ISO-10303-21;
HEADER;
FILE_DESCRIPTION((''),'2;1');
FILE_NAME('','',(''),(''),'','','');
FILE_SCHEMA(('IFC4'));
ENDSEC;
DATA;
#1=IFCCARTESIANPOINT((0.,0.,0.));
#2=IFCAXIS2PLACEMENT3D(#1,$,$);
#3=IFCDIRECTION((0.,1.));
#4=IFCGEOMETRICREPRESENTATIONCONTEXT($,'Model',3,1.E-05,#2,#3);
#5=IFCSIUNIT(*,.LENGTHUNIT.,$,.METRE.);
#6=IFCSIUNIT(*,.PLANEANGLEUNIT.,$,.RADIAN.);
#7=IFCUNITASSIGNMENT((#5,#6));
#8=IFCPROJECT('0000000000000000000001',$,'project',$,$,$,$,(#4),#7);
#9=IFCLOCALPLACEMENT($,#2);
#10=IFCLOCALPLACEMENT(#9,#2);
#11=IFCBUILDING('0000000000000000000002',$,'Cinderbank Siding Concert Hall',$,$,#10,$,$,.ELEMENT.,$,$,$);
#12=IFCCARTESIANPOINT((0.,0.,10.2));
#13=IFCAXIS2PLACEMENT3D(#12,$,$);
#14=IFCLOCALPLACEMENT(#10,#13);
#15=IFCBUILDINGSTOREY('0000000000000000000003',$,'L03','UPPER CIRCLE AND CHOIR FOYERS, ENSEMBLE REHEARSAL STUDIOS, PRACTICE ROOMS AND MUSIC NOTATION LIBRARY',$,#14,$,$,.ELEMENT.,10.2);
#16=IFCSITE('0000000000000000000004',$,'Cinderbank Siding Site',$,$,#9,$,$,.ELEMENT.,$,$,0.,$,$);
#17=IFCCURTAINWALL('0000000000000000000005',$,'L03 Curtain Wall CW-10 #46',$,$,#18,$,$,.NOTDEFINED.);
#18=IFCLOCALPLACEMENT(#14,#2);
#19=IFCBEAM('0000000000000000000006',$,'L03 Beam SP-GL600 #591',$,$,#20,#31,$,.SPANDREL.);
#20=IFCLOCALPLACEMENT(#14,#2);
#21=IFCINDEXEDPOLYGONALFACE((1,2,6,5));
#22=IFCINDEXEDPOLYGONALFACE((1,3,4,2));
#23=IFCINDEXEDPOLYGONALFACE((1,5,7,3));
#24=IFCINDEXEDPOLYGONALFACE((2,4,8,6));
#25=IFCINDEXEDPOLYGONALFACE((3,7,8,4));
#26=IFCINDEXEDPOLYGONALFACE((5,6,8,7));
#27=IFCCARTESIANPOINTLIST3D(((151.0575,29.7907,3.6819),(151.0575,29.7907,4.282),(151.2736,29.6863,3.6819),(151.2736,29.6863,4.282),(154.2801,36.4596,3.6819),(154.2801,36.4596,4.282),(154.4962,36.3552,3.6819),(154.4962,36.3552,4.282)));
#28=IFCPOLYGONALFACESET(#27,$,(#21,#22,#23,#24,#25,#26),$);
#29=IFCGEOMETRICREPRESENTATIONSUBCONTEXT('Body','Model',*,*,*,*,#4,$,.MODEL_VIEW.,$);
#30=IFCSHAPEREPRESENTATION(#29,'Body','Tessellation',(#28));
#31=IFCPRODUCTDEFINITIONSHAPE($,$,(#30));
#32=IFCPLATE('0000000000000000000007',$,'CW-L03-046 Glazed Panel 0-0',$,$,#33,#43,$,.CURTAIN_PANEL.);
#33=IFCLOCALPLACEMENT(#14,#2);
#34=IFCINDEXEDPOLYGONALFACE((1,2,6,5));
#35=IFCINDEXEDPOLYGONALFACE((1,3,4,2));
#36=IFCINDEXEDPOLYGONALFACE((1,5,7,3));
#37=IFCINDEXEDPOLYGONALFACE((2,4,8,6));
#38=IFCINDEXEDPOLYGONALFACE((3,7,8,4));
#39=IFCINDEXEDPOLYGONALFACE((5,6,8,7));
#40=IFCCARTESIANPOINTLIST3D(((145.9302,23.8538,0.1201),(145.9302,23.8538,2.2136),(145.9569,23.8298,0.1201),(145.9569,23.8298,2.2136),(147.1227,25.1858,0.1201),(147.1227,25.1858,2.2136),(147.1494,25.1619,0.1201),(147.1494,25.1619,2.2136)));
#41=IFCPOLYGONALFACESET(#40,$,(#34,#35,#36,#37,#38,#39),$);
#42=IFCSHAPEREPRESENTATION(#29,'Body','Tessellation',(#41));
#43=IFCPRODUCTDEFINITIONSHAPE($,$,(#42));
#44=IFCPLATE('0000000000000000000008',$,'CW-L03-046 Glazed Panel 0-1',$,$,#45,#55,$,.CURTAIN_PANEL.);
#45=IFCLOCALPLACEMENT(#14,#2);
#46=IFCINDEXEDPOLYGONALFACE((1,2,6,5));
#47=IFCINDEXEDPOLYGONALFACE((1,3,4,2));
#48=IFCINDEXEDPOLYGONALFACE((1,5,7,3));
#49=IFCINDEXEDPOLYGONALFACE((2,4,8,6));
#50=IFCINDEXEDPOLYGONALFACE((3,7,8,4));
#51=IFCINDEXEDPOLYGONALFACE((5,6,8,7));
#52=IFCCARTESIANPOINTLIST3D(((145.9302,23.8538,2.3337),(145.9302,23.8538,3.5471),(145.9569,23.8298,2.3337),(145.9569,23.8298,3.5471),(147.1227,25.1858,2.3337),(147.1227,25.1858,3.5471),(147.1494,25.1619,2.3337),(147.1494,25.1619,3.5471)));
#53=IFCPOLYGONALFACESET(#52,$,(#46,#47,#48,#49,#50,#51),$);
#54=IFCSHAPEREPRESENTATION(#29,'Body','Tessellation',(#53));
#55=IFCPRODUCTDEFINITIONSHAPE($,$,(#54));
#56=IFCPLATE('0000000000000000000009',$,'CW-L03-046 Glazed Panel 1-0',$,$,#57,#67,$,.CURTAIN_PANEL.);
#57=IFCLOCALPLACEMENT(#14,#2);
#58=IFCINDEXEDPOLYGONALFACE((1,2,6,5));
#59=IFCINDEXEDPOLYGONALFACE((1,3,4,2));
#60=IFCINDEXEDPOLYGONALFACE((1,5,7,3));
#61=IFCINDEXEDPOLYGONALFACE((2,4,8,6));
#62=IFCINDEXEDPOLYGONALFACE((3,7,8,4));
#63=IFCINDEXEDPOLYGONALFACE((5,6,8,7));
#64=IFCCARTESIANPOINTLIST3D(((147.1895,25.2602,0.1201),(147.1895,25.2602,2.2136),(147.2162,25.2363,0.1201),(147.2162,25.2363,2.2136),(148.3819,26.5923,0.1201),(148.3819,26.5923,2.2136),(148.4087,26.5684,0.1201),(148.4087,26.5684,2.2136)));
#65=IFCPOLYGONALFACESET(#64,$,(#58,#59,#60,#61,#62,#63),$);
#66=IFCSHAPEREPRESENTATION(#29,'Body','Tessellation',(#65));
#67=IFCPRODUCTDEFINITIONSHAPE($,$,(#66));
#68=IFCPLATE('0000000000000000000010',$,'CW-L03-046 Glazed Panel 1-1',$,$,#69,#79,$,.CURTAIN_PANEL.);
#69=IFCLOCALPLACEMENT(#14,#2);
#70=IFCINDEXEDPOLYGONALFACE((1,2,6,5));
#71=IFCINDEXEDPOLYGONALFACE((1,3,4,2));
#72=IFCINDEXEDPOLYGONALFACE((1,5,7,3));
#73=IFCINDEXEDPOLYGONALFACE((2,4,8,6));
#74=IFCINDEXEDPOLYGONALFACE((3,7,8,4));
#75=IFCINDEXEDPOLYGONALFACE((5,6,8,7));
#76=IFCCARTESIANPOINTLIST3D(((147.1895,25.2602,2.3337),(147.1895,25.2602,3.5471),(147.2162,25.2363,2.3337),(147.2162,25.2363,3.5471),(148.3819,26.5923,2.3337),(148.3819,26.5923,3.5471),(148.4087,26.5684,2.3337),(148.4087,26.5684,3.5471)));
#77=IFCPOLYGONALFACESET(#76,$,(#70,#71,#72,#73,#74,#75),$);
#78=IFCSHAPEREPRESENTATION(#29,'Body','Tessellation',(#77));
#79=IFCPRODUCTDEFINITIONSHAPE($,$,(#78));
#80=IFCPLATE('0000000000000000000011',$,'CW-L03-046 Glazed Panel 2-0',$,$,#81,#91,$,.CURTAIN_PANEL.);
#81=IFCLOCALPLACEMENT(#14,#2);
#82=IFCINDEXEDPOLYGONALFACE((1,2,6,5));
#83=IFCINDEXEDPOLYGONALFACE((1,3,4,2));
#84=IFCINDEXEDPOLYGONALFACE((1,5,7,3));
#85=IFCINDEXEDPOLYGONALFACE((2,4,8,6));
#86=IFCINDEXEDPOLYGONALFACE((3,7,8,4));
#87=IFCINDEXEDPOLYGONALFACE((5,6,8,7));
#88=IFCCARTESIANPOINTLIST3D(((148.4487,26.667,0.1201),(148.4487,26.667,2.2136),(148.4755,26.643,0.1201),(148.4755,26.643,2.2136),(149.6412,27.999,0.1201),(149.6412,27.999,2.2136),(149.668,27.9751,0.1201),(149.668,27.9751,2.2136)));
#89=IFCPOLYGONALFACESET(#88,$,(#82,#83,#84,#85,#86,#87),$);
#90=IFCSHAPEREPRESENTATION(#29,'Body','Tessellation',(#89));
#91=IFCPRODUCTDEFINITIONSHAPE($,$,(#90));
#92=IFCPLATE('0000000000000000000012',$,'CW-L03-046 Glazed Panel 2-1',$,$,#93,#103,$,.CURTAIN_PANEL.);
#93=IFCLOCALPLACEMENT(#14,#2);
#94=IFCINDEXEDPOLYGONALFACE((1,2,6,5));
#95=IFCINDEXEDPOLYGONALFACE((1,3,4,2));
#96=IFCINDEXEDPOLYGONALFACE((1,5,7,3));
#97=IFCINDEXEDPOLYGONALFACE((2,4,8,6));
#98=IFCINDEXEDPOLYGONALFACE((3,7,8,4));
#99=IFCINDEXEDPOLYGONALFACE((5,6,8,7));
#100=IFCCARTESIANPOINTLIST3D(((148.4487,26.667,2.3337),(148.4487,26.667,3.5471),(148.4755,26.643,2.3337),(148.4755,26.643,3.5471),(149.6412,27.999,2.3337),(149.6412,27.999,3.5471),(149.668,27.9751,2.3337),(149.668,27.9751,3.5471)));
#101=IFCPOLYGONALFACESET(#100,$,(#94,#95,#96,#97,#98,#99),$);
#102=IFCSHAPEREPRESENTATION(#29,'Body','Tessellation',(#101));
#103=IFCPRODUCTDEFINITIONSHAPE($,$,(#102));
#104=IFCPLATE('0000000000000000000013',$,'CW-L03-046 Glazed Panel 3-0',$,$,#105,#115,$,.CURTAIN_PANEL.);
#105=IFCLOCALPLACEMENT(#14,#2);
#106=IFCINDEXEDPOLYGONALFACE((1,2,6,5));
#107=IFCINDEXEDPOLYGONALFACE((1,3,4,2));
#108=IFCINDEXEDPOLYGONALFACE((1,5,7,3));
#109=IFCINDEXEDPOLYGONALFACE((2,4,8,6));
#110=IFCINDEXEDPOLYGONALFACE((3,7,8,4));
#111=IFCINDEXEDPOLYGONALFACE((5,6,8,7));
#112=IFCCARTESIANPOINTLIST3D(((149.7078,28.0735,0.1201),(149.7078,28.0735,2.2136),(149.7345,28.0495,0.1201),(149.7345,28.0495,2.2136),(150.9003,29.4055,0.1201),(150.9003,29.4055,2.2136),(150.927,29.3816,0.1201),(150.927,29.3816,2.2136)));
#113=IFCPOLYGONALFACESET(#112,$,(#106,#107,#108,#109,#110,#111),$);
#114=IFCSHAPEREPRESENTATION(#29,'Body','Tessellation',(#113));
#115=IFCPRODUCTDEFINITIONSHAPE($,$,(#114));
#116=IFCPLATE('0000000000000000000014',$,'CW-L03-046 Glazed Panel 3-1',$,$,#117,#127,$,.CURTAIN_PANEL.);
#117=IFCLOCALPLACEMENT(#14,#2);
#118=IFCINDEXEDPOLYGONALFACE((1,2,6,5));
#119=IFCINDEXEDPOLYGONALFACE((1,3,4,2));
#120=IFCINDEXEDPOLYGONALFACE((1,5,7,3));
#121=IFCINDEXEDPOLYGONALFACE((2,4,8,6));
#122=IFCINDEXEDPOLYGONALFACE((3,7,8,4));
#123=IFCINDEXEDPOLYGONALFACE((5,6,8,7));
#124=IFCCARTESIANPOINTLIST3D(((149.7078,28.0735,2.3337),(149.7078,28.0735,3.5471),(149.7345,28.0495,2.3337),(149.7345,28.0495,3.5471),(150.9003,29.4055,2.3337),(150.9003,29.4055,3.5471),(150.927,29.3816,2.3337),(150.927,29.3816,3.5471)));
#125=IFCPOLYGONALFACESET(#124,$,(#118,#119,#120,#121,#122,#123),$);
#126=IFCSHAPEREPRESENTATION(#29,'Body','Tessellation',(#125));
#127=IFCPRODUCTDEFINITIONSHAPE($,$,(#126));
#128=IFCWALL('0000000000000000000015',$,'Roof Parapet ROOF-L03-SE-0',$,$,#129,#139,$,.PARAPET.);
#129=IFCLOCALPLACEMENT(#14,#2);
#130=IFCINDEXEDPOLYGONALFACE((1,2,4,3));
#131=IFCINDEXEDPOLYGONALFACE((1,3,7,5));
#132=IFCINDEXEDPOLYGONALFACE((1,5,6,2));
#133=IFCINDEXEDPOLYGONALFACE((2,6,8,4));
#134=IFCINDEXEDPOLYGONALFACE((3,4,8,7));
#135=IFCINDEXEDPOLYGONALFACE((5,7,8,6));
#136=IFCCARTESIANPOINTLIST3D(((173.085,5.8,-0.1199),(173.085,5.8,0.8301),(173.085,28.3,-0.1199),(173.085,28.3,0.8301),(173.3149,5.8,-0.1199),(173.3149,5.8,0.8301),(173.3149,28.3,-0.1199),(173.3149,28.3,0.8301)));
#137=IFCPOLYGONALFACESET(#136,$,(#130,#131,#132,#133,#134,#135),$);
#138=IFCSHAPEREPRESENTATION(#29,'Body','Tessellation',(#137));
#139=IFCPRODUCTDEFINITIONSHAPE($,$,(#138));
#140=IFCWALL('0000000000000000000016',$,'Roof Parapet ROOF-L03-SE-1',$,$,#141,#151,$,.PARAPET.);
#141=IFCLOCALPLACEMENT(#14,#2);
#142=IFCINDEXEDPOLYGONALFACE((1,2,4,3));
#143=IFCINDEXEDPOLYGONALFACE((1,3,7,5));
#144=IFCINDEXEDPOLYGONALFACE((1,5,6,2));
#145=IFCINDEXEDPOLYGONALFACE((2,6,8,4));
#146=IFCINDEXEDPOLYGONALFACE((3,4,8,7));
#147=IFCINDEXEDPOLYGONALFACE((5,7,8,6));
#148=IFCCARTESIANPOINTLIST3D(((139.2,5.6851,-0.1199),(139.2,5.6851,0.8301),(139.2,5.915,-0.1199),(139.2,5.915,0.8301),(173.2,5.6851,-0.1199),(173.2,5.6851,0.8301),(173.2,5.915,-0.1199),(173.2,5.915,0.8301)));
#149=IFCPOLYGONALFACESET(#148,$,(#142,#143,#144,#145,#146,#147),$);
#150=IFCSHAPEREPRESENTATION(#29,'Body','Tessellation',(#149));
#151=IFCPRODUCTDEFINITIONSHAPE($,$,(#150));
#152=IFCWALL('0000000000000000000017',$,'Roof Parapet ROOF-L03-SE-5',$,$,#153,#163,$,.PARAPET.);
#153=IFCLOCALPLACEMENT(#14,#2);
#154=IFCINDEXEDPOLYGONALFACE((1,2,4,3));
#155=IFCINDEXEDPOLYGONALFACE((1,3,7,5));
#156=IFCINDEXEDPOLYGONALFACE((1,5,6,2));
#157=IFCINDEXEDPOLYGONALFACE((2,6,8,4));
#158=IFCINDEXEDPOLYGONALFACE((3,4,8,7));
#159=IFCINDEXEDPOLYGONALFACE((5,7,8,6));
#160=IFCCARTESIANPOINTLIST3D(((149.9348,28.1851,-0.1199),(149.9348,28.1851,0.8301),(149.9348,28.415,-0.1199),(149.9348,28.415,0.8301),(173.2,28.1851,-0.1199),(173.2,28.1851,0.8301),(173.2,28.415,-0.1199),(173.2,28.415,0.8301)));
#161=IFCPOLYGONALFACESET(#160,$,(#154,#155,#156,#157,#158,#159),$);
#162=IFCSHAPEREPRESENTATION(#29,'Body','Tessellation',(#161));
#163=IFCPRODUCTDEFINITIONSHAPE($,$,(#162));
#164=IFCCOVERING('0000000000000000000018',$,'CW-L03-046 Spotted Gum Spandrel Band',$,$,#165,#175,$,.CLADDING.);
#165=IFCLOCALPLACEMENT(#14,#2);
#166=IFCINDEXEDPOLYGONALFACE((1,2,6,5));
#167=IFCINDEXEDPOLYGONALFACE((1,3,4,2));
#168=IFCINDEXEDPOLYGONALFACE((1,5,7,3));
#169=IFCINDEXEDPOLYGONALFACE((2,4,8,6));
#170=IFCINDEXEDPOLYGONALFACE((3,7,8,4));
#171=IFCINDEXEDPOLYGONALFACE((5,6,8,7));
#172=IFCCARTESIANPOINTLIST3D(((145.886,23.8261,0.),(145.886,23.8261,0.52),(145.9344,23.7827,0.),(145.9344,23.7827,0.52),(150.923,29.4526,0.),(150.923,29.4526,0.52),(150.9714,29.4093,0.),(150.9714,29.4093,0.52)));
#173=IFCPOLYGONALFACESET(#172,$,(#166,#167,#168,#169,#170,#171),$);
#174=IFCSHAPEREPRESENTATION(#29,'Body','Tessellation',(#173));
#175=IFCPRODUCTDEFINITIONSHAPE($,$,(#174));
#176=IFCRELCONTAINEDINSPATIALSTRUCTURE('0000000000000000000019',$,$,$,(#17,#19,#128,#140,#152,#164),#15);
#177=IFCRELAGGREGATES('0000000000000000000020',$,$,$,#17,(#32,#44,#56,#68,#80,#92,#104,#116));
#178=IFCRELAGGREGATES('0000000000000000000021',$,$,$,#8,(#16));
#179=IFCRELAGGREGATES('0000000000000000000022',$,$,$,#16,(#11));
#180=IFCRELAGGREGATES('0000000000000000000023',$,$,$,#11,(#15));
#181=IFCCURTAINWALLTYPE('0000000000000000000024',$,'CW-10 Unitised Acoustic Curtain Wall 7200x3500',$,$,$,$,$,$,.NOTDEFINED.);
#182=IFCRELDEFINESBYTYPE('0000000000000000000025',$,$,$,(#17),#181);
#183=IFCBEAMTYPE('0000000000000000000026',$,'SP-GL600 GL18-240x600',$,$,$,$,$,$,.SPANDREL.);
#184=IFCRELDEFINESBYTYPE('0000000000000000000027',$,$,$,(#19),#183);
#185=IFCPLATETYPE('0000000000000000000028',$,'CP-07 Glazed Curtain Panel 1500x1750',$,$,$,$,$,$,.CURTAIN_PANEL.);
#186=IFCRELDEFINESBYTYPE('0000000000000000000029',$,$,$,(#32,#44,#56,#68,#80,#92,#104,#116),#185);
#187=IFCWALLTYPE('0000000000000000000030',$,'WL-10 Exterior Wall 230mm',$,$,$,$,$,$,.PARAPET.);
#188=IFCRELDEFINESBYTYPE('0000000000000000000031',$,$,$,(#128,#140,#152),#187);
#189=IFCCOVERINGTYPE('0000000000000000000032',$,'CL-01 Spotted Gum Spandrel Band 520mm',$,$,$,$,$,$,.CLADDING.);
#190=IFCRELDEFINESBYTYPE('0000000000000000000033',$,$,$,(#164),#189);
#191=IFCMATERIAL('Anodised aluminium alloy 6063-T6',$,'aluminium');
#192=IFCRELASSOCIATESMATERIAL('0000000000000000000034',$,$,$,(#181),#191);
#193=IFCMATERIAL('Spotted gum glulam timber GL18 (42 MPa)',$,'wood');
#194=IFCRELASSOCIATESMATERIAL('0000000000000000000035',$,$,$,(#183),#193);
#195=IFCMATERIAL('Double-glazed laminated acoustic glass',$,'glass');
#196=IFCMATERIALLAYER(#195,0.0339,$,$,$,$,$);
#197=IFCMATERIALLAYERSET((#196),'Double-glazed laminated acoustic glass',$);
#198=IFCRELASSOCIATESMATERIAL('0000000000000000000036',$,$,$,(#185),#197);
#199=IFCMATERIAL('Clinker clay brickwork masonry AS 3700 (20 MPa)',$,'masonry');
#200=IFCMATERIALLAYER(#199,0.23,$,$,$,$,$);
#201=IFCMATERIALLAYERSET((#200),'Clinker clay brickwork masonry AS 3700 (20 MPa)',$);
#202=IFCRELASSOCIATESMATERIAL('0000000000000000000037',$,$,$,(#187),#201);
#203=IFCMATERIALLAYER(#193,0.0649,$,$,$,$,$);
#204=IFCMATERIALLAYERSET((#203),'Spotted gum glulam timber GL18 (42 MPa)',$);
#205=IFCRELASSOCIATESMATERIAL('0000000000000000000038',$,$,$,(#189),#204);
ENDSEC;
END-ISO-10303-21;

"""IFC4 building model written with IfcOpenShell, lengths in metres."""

from ifc_helpers import new_model, si_unit, direction, frame, frame_2d, origin, origin_2d, place, context, subcontext, project, spatial, rectangle, extrude, material, layer, layer_set, material_profile, profile_set, type_object, element, aggregate, save


model = new_model("IFC4")

# Units and contexts
model_context = context("Model", 3, precision=1e-05, world=origin(), true_north=direction((0.0, 1.0)))
body_context = subcontext(model_context, "Body", "Model", "MODEL_VIEW")
ifc_project = project(units=[si_unit("LENGTHUNIT", "METRE"), si_unit("PLANEANGLEUNIT", "RADIAN")], contexts=[model_context])

# Site, building, storey
site_placement = place(None, origin())
site = spatial("IfcSite", under=ifc_project, at=site_placement, Name="Cinderbank Siding Site", CompositionType="ELEMENT", RefElevation=0.0)
building_placement = place(site_placement, origin())
building = spatial("IfcBuilding", under=site, at=building_placement, Name="Cinderbank Siding Concert Hall", CompositionType="ELEMENT")
storey_placement = place(building_placement, frame((0.0, 0.0, 10.2)))
storey = spatial("IfcBuildingStorey", under=building, at=storey_placement, Name="L03", Description="UPPER CIRCLE AND CHOIR FOYERS, ENSEMBLE REHEARSAL STUDIOS, PRACTICE ROOMS AND MUSIC NOTATION LIBRARY", CompositionType="ELEMENT", Elevation=10.2)

# Curtain wall
ifc_material_1 = material(Name="Anodised aluminium alloy 6063-T6", Category="aluminium")
curtain_wall_type_1 = type_object("IfcCurtainWallType", Name="CW-10 Unitised Acoustic Curtain Wall 7200x3500", PredefinedType="NOTDEFINED", material=ifc_material_1)
curtain_wall_1_placement = place(storey_placement, origin())
curtain_wall_1 = element("IfcCurtainWall", 1, at=curtain_wall_1_placement, inside=storey, type_object=curtain_wall_type_1, Name="L03 Curtain Wall CW-10 #46", PredefinedType="NOTDEFINED")

# Beam
ifc_material_2 = material(Name="Spotted gum glulam timber GL18 (42 MPa)", Category="wood")
ifc_material_profile_1 = material_profile(ifc_material_2, rectangle(XDim=0.24, YDim=0.6001, at=origin_2d()), Name="GL18-240x600", Category="LoadBearing")
ifc_profile_set_1 = profile_set([ifc_material_profile_1], Name="Spotted gum glulam timber GL18 (42 MPa)")
beam_type = type_object("IfcBeamType", Name="SP-GL600 GL18-240x600", PredefinedType="SPANDREL", material=ifc_profile_set_1)
beam_1_placement = place(storey_placement, frame((151.1655, 29.7385, 3.9819), z_axis=(0.435096, 0.900384, 0.0), x_axis=(-0.900384, 0.435096, 0.0)))
element("IfcBeam", 2, at=beam_1_placement, inside=storey, type_object=beam_type, Name="L03 Beam SP-GL600 #591", PredefinedType="SPANDREL", context=body_context, shape_type="SweptSolid", body=[
    extrude(rectangle(XDim=0.24, YDim=0.6001, at=origin_2d()), origin(), (0.0, 0.0, 1.0), 7.4067),
])

# Plates
ifc_material_3 = material(Name="Double-glazed laminated acoustic glass", Category="glass")
ifc_layer_1 = layer(ifc_material_3, 0.0339)
ifc_layer_set_1 = layer_set([ifc_layer_1], Name="Double-glazed laminated acoustic glass")
plate_type = type_object("IfcPlateType", Name="CP-07 Glazed Curtain Panel 1500x1750", PredefinedType="CURTAIN_PANEL", material=ifc_layer_set_1)
plate_1_placement = place(storey_placement, frame((146.5398, 24.5078, 0.1201), z_axis=(0.0, 0.0, 1.0), x_axis=(0.666993, 0.745064, 0.0)))
plate_1 = element("IfcPlate", 3, at=plate_1_placement, type_object=plate_type, Name="CW-L03-046 Glazed Panel 0-0", PredefinedType="CURTAIN_PANEL", context=body_context, shape_type="SweptSolid", body=[
    extrude(rectangle(XDim=1.7878, YDim=0.0359, at=origin_2d()), origin(), (0.0, 0.0, 1.0), 2.0935),
])
plate_2_placement = place(storey_placement, frame((146.5398, 24.5078, 2.3337), z_axis=(0.0, 0.0, 1.0), x_axis=(0.666993, 0.745064, 0.0)))
plate_2 = element("IfcPlate", 4, at=plate_2_placement, type_object=plate_type, Name="CW-L03-046 Glazed Panel 0-1", PredefinedType="CURTAIN_PANEL", context=body_context, shape_type="SweptSolid", body=[
    extrude(rectangle(XDim=1.7878, YDim=0.0359, at=origin_2d()), origin(), (0.0, 0.0, 1.0), 1.2134),
])
plate_3_placement = place(storey_placement, frame((147.7991, 25.9143, 0.1201), z_axis=(0.0, 0.0, 1.0), x_axis=(0.666993, 0.745064, 0.0)))
plate_3 = element("IfcPlate", 5, at=plate_3_placement, type_object=plate_type, Name="CW-L03-046 Glazed Panel 1-0", PredefinedType="CURTAIN_PANEL", context=body_context, shape_type="SweptSolid", body=[
    extrude(rectangle(XDim=1.7878, YDim=0.0359, at=origin_2d()), origin(), (0.0, 0.0, 1.0), 2.0935),
])
plate_4_placement = place(storey_placement, frame((147.7991, 25.9143, 2.3337), z_axis=(0.0, 0.0, 1.0), x_axis=(0.666993, 0.745064, 0.0)))
plate_4 = element("IfcPlate", 6, at=plate_4_placement, type_object=plate_type, Name="CW-L03-046 Glazed Panel 1-1", PredefinedType="CURTAIN_PANEL", context=body_context, shape_type="SweptSolid", body=[
    extrude(rectangle(XDim=1.7878, YDim=0.0359, at=origin_2d()), origin(), (0.0, 0.0, 1.0), 1.2134),
])
plate_5_placement = place(storey_placement, frame((149.0583, 27.321, 0.1201), z_axis=(0.0, 0.0, 1.0), x_axis=(0.666993, 0.745064, 0.0)))
plate_5 = element("IfcPlate", 7, at=plate_5_placement, type_object=plate_type, Name="CW-L03-046 Glazed Panel 2-0", PredefinedType="CURTAIN_PANEL", context=body_context, shape_type="SweptSolid", body=[
    extrude(rectangle(XDim=1.7878, YDim=0.0359, at=origin_2d()), origin(), (0.0, 0.0, 1.0), 2.0935),
])
plate_6_placement = place(storey_placement, frame((149.0583, 27.321, 2.3337), z_axis=(0.0, 0.0, 1.0), x_axis=(0.666993, 0.745064, 0.0)))
plate_6 = element("IfcPlate", 8, at=plate_6_placement, type_object=plate_type, Name="CW-L03-046 Glazed Panel 2-1", PredefinedType="CURTAIN_PANEL", context=body_context, shape_type="SweptSolid", body=[
    extrude(rectangle(XDim=1.7878, YDim=0.0359, at=origin_2d()), origin(), (0.0, 0.0, 1.0), 1.2134),
])
plate_7_placement = place(storey_placement, frame((150.3174, 28.7275, 0.1201), z_axis=(0.0, 0.0, 1.0), x_axis=(0.666993, 0.745064, 0.0)))
plate_7 = element("IfcPlate", 9, at=plate_7_placement, type_object=plate_type, Name="CW-L03-046 Glazed Panel 3-0", PredefinedType="CURTAIN_PANEL", context=body_context, shape_type="SweptSolid", body=[
    extrude(rectangle(XDim=1.7878, YDim=0.0359, at=origin_2d()), origin(), (0.0, 0.0, 1.0), 2.0935),
])
plate_8_placement = place(storey_placement, frame((150.3174, 28.7275, 2.3337), z_axis=(0.0, 0.0, 1.0), x_axis=(0.666993, 0.745064, 0.0)))
plate_8 = element("IfcPlate", 10, at=plate_8_placement, type_object=plate_type, Name="CW-L03-046 Glazed Panel 3-1", PredefinedType="CURTAIN_PANEL", context=body_context, shape_type="SweptSolid", body=[
    extrude(rectangle(XDim=1.7878, YDim=0.0359, at=origin_2d()), origin(), (0.0, 0.0, 1.0), 1.2134),
])
aggregate(curtain_wall_1, [plate_1, plate_2, plate_3, plate_4, plate_5, plate_6, plate_7, plate_8])

# Walls
ifc_material_4 = material(Name="Clinker clay brickwork masonry AS 3700 (20 MPa)", Category="masonry")
ifc_layer_2 = layer(ifc_material_4, 0.23)
ifc_layer_set_2 = layer_set([ifc_layer_2], Name="Clinker clay brickwork masonry AS 3700 (20 MPa)")
wall_type = type_object("IfcWallType", Name="WL-10 Exterior Wall 230mm", PredefinedType="PARAPET", material=ifc_layer_set_2)
wall_1_placement = place(storey_placement, frame((173.2, 28.3, -0.1199), z_axis=(0.0, 0.0, 1.0), x_axis=(0.0, -1.0, 0.0)))
element("IfcWall", 11, at=wall_1_placement, inside=storey, type_object=wall_type, Name="Roof Parapet ROOF-L03-SE-0", PredefinedType="PARAPET", context=body_context, shape_type="SweptSolid", body=[
    extrude(rectangle(XDim=22.5, YDim=0.23, at=frame_2d((11.25, 0.0))), origin(), (0.0, 0.0, 1.0), 0.95),
])
wall_2_placement = place(storey_placement, frame((173.2, 5.8, -0.1199), z_axis=(0.0, 0.0, 1.0), x_axis=(-1.0, 0.0, 0.0)))
element("IfcWall", 12, at=wall_2_placement, inside=storey, type_object=wall_type, Name="Roof Parapet ROOF-L03-SE-1", PredefinedType="PARAPET", context=body_context, shape_type="SweptSolid", body=[
    extrude(rectangle(XDim=34.0, YDim=0.23, at=frame_2d((17.0, 0.0))), origin(), (0.0, 0.0, 1.0), 0.95),
])
wall_3_placement = place(storey_placement, frame((149.9348, 28.3, -0.1199), z_axis=(0.0, 0.0, 1.0), x_axis=(1.0, 0.0, 0.0)))
element("IfcWall", 13, at=wall_3_placement, inside=storey, type_object=wall_type, Name="Roof Parapet ROOF-L03-SE-5", PredefinedType="PARAPET", context=body_context, shape_type="SweptSolid", body=[
    extrude(rectangle(XDim=23.2651, YDim=0.23, at=frame_2d((11.6326, 0.0))), origin(), (0.0, 0.0, 1.0), 0.95),
])

# Covering
ifc_layer_3 = layer(ifc_material_2, 0.0649)
ifc_layer_set_3 = layer_set([ifc_layer_3], Name="Spotted gum glulam timber GL18 (42 MPa)")
covering_type = type_object("IfcCoveringType", Name="CL-01 Spotted Gum Spandrel Band 520mm", PredefinedType="CLADDING", material=ifc_layer_set_3)
covering_placement = place(storey_placement, frame((148.4287, 26.6177, 0.0), z_axis=(0.0, 0.0, 1.0), x_axis=(0.666993, 0.745064, 0.0)))
element("IfcCovering", 14, at=covering_placement, inside=storey, type_object=covering_type, Name="CW-L03-046 Spotted Gum Spandrel Band", PredefinedType="CLADDING", context=body_context, shape_type="SweptSolid", body=[
    extrude(rectangle(XDim=7.5518, YDim=0.0649, at=origin_2d()), origin(), (0.0, 0.0, 1.0), 0.52),
])

save(model, "model.ifc")
